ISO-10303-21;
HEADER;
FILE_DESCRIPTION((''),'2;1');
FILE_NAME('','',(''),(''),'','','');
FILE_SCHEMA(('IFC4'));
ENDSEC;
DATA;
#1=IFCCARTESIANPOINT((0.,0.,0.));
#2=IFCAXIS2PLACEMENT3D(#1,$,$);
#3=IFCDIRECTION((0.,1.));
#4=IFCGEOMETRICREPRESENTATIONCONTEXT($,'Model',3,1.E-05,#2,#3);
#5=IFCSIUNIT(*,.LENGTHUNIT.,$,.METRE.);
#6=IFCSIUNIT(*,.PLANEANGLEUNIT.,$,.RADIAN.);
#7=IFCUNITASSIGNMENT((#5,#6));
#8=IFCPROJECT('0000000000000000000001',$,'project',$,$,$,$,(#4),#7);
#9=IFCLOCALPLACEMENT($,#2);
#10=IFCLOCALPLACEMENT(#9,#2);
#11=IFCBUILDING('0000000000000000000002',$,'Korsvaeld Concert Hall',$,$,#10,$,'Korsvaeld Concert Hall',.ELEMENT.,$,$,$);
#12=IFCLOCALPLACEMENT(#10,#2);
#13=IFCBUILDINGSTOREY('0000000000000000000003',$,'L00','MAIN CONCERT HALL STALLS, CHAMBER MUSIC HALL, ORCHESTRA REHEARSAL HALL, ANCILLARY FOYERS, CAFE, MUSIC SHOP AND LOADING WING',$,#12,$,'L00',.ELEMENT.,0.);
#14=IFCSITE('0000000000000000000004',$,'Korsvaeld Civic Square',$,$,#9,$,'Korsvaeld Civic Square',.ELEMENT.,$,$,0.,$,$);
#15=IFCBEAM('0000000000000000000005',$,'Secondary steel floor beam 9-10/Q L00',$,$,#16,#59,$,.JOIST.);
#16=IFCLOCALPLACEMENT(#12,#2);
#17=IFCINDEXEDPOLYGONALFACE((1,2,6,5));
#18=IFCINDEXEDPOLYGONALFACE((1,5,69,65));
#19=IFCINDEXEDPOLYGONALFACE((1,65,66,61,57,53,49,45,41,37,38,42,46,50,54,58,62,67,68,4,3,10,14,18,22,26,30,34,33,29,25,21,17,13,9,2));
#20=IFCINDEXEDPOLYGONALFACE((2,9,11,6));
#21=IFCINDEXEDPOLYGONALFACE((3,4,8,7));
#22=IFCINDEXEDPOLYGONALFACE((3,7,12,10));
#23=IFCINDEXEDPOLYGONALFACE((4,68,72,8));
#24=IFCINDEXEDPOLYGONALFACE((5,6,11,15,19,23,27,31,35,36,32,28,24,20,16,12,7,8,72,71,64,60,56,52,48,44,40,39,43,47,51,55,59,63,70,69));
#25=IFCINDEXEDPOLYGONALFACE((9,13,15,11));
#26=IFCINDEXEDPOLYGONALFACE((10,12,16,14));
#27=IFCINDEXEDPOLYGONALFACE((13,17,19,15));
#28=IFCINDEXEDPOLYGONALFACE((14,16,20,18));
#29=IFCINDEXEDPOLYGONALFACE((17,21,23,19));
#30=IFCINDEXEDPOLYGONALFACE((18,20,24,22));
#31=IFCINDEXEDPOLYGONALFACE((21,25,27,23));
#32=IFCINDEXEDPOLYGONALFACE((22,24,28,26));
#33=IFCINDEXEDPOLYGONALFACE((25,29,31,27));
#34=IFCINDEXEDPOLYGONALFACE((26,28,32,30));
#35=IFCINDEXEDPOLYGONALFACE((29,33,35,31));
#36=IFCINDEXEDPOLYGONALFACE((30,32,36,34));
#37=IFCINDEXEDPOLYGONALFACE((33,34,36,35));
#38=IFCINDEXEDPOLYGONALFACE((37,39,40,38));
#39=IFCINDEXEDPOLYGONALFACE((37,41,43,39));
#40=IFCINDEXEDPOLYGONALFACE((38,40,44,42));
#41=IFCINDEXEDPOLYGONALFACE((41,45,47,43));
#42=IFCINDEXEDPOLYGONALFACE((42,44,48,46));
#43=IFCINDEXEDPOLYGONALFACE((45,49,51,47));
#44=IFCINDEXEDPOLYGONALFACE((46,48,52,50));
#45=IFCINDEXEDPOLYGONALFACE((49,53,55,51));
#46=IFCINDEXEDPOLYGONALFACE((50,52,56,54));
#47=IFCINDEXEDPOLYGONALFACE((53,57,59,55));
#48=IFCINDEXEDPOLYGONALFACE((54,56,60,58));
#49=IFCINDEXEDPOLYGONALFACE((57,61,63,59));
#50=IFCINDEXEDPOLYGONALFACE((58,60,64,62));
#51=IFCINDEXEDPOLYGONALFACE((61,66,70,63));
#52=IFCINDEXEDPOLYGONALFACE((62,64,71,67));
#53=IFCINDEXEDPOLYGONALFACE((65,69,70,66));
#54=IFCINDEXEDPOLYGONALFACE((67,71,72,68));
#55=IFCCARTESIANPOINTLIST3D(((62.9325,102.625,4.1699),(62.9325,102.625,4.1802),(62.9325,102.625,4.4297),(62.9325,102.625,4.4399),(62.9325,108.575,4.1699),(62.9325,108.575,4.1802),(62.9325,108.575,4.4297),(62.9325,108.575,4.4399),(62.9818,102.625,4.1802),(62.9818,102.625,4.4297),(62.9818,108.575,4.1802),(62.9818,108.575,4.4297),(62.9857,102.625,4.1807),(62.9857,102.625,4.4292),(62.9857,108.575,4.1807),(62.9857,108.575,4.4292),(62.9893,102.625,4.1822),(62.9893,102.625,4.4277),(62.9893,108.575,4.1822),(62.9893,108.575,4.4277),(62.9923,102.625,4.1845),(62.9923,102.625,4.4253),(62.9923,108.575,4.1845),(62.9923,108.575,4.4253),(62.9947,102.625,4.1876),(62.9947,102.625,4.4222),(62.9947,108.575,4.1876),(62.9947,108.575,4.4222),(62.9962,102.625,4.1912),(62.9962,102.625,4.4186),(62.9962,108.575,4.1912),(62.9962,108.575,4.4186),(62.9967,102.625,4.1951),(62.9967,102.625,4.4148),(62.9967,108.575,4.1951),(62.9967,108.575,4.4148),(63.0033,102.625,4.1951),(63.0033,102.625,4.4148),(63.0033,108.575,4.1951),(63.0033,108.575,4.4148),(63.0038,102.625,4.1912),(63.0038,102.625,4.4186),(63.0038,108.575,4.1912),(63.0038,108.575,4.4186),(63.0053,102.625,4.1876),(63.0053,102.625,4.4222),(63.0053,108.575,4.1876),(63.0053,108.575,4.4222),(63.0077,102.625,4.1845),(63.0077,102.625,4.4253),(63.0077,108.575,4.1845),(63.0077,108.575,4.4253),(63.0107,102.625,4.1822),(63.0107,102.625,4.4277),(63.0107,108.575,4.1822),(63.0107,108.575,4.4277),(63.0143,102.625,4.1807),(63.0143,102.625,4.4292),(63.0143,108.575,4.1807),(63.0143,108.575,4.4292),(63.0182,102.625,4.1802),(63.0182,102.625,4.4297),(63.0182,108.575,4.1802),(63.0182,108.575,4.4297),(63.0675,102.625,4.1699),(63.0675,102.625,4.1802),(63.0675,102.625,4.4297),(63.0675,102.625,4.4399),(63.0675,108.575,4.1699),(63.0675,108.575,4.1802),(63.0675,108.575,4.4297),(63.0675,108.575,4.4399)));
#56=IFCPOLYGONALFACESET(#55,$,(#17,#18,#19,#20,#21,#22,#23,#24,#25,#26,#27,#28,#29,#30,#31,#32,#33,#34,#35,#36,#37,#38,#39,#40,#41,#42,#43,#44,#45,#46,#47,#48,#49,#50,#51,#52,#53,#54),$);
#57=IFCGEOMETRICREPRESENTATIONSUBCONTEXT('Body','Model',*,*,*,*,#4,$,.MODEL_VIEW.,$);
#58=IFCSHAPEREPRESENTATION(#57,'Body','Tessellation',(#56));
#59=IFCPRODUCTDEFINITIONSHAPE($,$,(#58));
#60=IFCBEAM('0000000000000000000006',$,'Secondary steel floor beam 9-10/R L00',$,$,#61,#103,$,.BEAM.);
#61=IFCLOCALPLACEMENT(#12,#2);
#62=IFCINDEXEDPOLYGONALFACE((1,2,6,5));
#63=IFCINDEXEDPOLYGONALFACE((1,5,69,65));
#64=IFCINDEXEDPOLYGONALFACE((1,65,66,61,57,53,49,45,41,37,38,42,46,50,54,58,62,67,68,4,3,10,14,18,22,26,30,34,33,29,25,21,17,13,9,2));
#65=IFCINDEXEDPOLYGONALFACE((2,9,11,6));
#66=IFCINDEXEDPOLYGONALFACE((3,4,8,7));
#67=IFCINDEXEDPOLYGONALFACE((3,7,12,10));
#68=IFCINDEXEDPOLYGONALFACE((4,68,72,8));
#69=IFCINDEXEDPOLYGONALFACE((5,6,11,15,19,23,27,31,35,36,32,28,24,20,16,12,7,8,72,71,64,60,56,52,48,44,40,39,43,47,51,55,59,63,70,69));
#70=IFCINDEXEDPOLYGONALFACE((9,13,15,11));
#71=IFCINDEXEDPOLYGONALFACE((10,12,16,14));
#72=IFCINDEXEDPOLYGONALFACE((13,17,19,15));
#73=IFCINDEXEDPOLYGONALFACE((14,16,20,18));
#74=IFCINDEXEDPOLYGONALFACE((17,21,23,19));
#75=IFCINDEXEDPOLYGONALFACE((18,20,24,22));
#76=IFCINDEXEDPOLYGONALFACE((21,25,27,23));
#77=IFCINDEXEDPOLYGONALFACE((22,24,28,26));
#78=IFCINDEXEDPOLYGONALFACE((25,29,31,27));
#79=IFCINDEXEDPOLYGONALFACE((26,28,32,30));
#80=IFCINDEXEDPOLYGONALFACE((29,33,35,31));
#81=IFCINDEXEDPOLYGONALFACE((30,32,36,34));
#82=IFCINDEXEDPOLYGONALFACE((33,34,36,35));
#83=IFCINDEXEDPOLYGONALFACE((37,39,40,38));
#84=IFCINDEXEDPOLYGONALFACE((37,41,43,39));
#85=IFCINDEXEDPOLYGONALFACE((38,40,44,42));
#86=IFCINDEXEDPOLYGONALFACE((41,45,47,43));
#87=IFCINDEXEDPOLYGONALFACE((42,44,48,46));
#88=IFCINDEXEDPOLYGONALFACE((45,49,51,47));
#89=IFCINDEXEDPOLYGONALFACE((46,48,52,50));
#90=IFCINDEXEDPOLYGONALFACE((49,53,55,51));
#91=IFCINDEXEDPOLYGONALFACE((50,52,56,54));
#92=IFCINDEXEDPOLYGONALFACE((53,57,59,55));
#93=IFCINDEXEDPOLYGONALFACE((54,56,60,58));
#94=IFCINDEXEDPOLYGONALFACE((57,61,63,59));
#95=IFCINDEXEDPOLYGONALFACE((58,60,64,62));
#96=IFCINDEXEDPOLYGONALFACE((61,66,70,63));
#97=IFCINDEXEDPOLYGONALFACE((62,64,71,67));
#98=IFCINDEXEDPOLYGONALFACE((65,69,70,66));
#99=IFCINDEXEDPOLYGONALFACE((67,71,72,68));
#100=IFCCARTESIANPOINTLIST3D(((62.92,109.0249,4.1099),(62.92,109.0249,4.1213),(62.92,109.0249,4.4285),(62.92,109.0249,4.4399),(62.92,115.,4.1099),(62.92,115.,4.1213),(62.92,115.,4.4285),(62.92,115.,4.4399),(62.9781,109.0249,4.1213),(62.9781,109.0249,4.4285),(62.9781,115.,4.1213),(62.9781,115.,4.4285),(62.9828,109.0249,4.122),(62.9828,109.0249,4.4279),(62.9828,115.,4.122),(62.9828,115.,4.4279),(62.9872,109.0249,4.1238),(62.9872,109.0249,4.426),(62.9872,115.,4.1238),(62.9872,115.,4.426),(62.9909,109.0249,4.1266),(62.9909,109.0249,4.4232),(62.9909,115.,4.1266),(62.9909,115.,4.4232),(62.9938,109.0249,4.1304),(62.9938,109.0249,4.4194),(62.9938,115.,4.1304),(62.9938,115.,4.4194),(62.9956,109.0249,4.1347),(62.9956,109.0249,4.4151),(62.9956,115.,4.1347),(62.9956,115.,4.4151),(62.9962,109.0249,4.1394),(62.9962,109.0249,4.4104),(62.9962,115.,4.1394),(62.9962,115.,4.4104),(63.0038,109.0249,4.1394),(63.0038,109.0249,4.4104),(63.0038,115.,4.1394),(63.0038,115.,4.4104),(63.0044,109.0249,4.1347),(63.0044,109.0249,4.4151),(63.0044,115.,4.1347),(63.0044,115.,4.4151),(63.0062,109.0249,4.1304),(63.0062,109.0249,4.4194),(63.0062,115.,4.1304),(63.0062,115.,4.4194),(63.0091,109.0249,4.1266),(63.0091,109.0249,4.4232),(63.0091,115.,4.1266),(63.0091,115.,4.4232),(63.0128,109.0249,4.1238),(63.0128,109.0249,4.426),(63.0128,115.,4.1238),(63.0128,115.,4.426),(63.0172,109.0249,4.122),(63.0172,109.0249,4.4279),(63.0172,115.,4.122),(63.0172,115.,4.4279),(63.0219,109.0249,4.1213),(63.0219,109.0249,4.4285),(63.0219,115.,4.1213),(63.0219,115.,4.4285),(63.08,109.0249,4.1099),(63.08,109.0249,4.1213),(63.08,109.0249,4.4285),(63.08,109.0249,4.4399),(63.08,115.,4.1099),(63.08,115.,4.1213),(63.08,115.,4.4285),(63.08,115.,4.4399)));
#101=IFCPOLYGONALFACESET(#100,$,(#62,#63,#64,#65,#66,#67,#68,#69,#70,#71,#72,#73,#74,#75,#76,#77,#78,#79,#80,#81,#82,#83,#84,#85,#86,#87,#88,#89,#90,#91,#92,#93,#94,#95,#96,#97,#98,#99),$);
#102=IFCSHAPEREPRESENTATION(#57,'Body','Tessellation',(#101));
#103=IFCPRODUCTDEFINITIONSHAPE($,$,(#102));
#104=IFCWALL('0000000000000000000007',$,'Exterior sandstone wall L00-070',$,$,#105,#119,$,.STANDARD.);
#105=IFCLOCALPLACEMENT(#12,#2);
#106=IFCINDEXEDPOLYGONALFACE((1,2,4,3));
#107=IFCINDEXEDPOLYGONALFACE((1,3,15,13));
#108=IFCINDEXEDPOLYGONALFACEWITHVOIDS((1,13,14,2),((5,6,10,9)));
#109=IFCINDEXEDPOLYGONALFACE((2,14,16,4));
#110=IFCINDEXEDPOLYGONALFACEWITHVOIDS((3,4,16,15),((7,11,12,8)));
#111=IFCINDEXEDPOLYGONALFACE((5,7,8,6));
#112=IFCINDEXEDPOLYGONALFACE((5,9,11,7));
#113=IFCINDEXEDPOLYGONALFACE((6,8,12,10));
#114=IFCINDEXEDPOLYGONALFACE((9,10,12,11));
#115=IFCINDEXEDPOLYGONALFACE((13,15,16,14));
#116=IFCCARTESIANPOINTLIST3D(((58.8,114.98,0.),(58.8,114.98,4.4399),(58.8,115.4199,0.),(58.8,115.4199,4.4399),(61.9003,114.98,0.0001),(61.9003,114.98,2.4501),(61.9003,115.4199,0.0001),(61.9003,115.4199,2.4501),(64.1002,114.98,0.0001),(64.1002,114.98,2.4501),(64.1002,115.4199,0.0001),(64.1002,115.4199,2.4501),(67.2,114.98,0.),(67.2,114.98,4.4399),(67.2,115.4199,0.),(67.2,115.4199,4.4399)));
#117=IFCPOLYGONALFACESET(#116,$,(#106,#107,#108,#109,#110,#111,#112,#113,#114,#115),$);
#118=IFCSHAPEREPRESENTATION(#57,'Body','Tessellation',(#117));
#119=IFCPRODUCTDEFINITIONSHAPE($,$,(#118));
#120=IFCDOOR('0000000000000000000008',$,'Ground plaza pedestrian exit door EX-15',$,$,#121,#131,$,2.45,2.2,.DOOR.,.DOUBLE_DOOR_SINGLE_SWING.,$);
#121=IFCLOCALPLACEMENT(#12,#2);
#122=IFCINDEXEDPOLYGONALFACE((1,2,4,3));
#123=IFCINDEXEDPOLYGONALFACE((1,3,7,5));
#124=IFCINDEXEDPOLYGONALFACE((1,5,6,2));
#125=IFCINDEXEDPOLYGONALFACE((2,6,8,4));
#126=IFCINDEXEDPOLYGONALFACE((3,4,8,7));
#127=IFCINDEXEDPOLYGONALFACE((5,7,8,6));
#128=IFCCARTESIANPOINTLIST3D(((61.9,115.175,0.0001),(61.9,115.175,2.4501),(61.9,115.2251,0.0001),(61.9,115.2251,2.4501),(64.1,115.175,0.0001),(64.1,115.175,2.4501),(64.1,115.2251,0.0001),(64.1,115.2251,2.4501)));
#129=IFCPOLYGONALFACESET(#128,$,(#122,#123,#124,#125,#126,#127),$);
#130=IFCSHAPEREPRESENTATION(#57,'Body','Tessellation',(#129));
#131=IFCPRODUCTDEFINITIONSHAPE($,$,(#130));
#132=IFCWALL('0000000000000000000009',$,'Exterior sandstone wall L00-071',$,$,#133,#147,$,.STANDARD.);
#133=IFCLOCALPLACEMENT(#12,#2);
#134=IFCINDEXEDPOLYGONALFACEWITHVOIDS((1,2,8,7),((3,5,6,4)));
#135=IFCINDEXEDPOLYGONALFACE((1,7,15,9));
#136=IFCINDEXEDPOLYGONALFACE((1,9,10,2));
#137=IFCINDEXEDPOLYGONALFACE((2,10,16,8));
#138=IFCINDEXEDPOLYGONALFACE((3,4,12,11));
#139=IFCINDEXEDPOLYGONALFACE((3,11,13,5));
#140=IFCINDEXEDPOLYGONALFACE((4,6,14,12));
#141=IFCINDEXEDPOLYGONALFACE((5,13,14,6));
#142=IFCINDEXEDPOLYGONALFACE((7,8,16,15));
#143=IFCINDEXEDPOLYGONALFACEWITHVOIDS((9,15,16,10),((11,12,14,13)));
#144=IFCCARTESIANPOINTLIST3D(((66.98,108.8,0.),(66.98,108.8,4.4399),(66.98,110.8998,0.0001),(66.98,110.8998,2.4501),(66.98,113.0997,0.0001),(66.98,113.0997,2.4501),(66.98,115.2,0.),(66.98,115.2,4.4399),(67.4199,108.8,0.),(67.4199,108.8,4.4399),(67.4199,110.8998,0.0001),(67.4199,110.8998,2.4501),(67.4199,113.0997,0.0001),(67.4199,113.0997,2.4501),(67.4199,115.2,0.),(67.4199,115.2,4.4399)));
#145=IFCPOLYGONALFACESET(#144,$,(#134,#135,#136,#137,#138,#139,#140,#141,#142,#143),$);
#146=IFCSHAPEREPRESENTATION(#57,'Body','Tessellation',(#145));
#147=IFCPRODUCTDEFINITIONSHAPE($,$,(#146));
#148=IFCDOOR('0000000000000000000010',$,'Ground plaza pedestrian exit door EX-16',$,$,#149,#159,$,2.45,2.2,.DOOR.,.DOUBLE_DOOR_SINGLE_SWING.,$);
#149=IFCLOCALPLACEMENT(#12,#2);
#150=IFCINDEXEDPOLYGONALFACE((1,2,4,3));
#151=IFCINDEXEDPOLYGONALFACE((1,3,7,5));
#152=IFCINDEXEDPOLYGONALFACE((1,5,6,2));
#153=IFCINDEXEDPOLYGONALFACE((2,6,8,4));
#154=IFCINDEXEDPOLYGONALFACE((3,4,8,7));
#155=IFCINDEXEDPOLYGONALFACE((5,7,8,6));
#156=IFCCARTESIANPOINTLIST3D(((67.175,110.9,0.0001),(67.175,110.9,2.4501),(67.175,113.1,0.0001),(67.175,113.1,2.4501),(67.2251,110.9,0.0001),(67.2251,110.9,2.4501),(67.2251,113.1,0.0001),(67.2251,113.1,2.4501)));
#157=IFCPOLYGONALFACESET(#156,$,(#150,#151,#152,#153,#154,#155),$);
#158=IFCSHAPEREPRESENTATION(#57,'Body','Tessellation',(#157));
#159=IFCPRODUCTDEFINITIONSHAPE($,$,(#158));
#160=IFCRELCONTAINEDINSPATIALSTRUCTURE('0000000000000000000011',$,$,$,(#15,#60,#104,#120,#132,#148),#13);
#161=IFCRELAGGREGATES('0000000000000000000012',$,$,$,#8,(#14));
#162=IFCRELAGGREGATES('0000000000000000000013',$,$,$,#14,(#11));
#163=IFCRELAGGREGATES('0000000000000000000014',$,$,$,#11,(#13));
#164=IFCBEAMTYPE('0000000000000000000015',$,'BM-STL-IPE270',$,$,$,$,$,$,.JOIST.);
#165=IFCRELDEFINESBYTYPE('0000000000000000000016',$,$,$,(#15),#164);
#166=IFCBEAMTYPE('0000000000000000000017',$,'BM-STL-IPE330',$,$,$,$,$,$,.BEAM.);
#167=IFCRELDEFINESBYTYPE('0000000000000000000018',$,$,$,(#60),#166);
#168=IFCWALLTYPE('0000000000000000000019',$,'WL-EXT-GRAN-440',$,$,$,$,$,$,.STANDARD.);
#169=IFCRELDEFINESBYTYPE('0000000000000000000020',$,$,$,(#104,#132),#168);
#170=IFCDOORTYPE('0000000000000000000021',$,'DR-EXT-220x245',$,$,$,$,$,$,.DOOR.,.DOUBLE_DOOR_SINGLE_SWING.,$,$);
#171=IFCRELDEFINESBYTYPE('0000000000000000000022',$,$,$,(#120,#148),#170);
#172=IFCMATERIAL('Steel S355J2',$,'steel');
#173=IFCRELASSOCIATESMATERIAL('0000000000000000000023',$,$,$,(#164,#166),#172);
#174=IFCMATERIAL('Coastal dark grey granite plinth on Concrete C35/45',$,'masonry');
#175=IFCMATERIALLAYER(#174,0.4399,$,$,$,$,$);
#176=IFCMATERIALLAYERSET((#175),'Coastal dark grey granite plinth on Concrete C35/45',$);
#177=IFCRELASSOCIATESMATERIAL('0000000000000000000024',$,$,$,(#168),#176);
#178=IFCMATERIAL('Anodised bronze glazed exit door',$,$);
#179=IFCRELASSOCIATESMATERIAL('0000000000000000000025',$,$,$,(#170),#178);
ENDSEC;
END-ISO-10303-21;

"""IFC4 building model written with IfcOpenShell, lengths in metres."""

from ifc_helpers import new_model, si_unit, direction, frame, frame_2d, origin, origin_2d, place, context, subcontext, project, spatial, rectangle, i_section, extrude, material, layer, layer_set, material_profile, profile_set, type_object, element, fill, save


model = new_model("IFC4")

# Units and contexts
model_context = context("Model", 3, precision=1e-05, world=origin(), true_north=direction((0.0, 1.0)))
body_context = subcontext(model_context, "Body", "Model", "MODEL_VIEW")
ifc_project = project(units=[si_unit("LENGTHUNIT", "METRE"), si_unit("PLANEANGLEUNIT", "RADIAN")], contexts=[model_context])

# Site, building, storey
site_placement = place(None, origin())
site = spatial("IfcSite", under=ifc_project, at=site_placement, Name="Korsvaeld Civic Square", LongName="Korsvaeld Civic Square", CompositionType="ELEMENT", RefElevation=0.0)
building_placement = place(site_placement, origin())
building = spatial("IfcBuilding", under=site, at=building_placement, Name="Korsvaeld Concert Hall", LongName="Korsvaeld Concert Hall", CompositionType="ELEMENT")
storey_placement = place(building_placement, origin())
storey = spatial("IfcBuildingStorey", under=building, at=storey_placement, Name="L00", Description="MAIN CONCERT HALL STALLS, CHAMBER MUSIC HALL, ORCHESTRA REHEARSAL HALL, ANCILLARY FOYERS, CAFE, MUSIC SHOP AND LOADING WING", LongName="L00", CompositionType="ELEMENT", Elevation=0.0)

# Beams
ifc_material_1 = material(Name="Steel S355J2", Category="steel")
ifc_material_profile_1 = material_profile(ifc_material_1, i_section(OverallWidth=0.135, OverallDepth=0.27, WebThickness=0.0066, FlangeThickness=0.0103, FilletRadius=0.0149, at=origin_2d()), Name="IPE 270")
ifc_profile_set_1 = profile_set([ifc_material_profile_1], Name="Steel S355J2")
beam_type_1 = type_object("IfcBeamType", Name="BM-STL-IPE270", PredefinedType="JOIST", material=ifc_profile_set_1)
beam_1_placement = place(storey_placement, frame((63.0, 102.625, 4.3049), z_axis=(0.0, 1.0, 0.0), x_axis=(-1.0, 0.0, 0.0)))
element("IfcBeam", 1, at=beam_1_placement, inside=storey, type_object=beam_type_1, Name="Secondary steel floor beam 9-10/Q L00", PredefinedType="JOIST", context=body_context, shape_type="SweptSolid", body=[
    extrude(i_section(OverallWidth=0.135, OverallDepth=0.27, WebThickness=0.0066, FlangeThickness=0.0103, FilletRadius=0.0149, at=origin_2d()), origin(), (0.0, 0.0, 1.0), 5.95),
])
ifc_material_profile_2 = material_profile(ifc_material_1, i_section(OverallWidth=0.1599, OverallDepth=0.3301, WebThickness=0.0076, FlangeThickness=0.0115, FilletRadius=0.0181, at=origin_2d()), Name="IPE 330")
ifc_profile_set_2 = profile_set([ifc_material_profile_2], Name="Steel S355J2")
beam_type_2 = type_object("IfcBeamType", Name="BM-STL-IPE330", PredefinedType="BEAM", material=ifc_profile_set_2)
beam_2_placement = place(storey_placement, frame((63.0, 109.0249, 4.2749), z_axis=(0.0, 1.0, 0.0), x_axis=(-1.0, 0.0, 0.0)))
element("IfcBeam", 2, at=beam_2_placement, inside=storey, type_object=beam_type_2, Name="Secondary steel floor beam 9-10/R L00", PredefinedType="BEAM", context=body_context, shape_type="SweptSolid", body=[
    extrude(i_section(OverallWidth=0.1599, OverallDepth=0.3301, WebThickness=0.0076, FlangeThickness=0.0115, FilletRadius=0.0181, at=origin_2d()), origin(), (0.0, 0.0, 1.0), 5.9751),
])

# Walls, openings, doors
ifc_material_2 = material(Name="Coastal dark grey granite plinth on Concrete C35/45", Category="masonry")
ifc_layer = layer(ifc_material_2, 0.4399)
ifc_layer_set = layer_set([ifc_layer], Name="Coastal dark grey granite plinth on Concrete C35/45")
wall_type = type_object("IfcWallType", Name="WL-EXT-GRAN-440", PredefinedType="STANDARD", material=ifc_layer_set)
wall_1_placement = place(storey_placement, frame((58.8, 115.2, 0.0), z_axis=(0.0, 0.0, 1.0), x_axis=(1.0, 0.0, 0.0)))
wall_1 = element("IfcWall", 3, at=wall_1_placement, inside=storey, type_object=wall_type, Name="Exterior sandstone wall L00-070", PredefinedType="STANDARD", context=body_context, shape_type="SweptSolid", body=[
    extrude(rectangle(XDim=8.3999, YDim=0.4399, at=frame_2d((4.2, 0.0))), origin(), (0.0, 0.0, 1.0), 4.4399),
])
opening_1_placement = place(wall_1_placement, frame((3.1001, 0.0, 0.0)))
opening_1 = element("IfcOpeningElement", 4, at=opening_1_placement, cuts=wall_1, PredefinedType="OPENING", context=body_context, shape_type="SweptSolid", body=[
    extrude(rectangle(XDim=2.2, YDim=2.45, at=frame_2d((1.1001, 1.2251))), frame((0.0, 0.23, 0.0), z_axis=(0.0, -1.0, 0.0), x_axis=(1.0, 0.0, 0.0)), (0.0, 0.0, 1.0), 0.46),
])
ifc_material_3 = material(Name="Anodised bronze glazed exit door")
door_type = type_object("IfcDoorType", Name="DR-EXT-220x245", OperationType="DOUBLE_DOOR_SINGLE_SWING", PredefinedType="DOOR", material=ifc_material_3)
door_1_placement = place(opening_1_placement, frame((2.2, 0.0, 0.0), z_axis=(0.0, 0.0, 1.0), x_axis=(-1.0, 0.0, 0.0)))
door_1 = element("IfcDoor", 5, at=door_1_placement, inside=storey, type_object=door_type, Name="Ground plaza pedestrian exit door EX-15", OperationType="DOUBLE_DOOR_SINGLE_SWING", OverallHeight=2.45, OverallWidth=2.2, PredefinedType="DOOR", context=body_context, shape_type="SweptSolid", body=[
    extrude(rectangle(XDim=2.2, YDim=2.45, at=frame_2d((1.1001, 1.2251))), frame((0.0, 0.0249, 0.0), z_axis=(0.0, -1.0, 0.0), x_axis=(1.0, 0.0, 0.0)), (0.0, 0.0, 1.0), 0.05),
])
fill(opening_1, door_1)
wall_2_placement = place(storey_placement, frame((67.2, 115.2, 0.0), z_axis=(0.0, 0.0, 1.0), x_axis=(0.0, -1.0, 0.0)))
wall_2 = element("IfcWall", 6, at=wall_2_placement, inside=storey, type_object=wall_type, Name="Exterior sandstone wall L00-071", PredefinedType="STANDARD", context=body_context, shape_type="SweptSolid", body=[
    extrude(rectangle(XDim=6.3999, YDim=0.4399, at=frame_2d((3.2, 0.0))), origin(), (0.0, 0.0, 1.0), 4.4399),
])
opening_2_placement = place(wall_2_placement, frame((2.1001, 0.0, 0.0)))
opening_2 = element("IfcOpeningElement", 7, at=opening_2_placement, cuts=wall_2, PredefinedType="OPENING", context=body_context, shape_type="SweptSolid", body=[
    extrude(rectangle(XDim=2.2, YDim=2.45, at=frame_2d((1.1001, 1.2251))), frame((0.0, 0.23, 0.0), z_axis=(0.0, -1.0, 0.0), x_axis=(1.0, 0.0, 0.0)), (0.0, 0.0, 1.0), 0.46),
])
door_2_placement = place(opening_2_placement, frame((2.2, 0.0, 0.0), z_axis=(0.0, 0.0, 1.0), x_axis=(-1.0, 0.0, 0.0)))
door_2 = element("IfcDoor", 8, at=door_2_placement, inside=storey, type_object=door_type, Name="Ground plaza pedestrian exit door EX-16", OperationType="DOUBLE_DOOR_SINGLE_SWING", OverallHeight=2.45, OverallWidth=2.2, PredefinedType="DOOR", context=body_context, shape_type="SweptSolid", body=[
    extrude(rectangle(XDim=2.2, YDim=2.45, at=frame_2d((1.1001, 1.2251))), frame((0.0, 0.0249, 0.0), z_axis=(0.0, -1.0, 0.0), x_axis=(1.0, 0.0, 0.0)), (0.0, 0.0, 1.0), 0.05),
])
fill(opening_2, door_2)

save(model, "model.ifc")
